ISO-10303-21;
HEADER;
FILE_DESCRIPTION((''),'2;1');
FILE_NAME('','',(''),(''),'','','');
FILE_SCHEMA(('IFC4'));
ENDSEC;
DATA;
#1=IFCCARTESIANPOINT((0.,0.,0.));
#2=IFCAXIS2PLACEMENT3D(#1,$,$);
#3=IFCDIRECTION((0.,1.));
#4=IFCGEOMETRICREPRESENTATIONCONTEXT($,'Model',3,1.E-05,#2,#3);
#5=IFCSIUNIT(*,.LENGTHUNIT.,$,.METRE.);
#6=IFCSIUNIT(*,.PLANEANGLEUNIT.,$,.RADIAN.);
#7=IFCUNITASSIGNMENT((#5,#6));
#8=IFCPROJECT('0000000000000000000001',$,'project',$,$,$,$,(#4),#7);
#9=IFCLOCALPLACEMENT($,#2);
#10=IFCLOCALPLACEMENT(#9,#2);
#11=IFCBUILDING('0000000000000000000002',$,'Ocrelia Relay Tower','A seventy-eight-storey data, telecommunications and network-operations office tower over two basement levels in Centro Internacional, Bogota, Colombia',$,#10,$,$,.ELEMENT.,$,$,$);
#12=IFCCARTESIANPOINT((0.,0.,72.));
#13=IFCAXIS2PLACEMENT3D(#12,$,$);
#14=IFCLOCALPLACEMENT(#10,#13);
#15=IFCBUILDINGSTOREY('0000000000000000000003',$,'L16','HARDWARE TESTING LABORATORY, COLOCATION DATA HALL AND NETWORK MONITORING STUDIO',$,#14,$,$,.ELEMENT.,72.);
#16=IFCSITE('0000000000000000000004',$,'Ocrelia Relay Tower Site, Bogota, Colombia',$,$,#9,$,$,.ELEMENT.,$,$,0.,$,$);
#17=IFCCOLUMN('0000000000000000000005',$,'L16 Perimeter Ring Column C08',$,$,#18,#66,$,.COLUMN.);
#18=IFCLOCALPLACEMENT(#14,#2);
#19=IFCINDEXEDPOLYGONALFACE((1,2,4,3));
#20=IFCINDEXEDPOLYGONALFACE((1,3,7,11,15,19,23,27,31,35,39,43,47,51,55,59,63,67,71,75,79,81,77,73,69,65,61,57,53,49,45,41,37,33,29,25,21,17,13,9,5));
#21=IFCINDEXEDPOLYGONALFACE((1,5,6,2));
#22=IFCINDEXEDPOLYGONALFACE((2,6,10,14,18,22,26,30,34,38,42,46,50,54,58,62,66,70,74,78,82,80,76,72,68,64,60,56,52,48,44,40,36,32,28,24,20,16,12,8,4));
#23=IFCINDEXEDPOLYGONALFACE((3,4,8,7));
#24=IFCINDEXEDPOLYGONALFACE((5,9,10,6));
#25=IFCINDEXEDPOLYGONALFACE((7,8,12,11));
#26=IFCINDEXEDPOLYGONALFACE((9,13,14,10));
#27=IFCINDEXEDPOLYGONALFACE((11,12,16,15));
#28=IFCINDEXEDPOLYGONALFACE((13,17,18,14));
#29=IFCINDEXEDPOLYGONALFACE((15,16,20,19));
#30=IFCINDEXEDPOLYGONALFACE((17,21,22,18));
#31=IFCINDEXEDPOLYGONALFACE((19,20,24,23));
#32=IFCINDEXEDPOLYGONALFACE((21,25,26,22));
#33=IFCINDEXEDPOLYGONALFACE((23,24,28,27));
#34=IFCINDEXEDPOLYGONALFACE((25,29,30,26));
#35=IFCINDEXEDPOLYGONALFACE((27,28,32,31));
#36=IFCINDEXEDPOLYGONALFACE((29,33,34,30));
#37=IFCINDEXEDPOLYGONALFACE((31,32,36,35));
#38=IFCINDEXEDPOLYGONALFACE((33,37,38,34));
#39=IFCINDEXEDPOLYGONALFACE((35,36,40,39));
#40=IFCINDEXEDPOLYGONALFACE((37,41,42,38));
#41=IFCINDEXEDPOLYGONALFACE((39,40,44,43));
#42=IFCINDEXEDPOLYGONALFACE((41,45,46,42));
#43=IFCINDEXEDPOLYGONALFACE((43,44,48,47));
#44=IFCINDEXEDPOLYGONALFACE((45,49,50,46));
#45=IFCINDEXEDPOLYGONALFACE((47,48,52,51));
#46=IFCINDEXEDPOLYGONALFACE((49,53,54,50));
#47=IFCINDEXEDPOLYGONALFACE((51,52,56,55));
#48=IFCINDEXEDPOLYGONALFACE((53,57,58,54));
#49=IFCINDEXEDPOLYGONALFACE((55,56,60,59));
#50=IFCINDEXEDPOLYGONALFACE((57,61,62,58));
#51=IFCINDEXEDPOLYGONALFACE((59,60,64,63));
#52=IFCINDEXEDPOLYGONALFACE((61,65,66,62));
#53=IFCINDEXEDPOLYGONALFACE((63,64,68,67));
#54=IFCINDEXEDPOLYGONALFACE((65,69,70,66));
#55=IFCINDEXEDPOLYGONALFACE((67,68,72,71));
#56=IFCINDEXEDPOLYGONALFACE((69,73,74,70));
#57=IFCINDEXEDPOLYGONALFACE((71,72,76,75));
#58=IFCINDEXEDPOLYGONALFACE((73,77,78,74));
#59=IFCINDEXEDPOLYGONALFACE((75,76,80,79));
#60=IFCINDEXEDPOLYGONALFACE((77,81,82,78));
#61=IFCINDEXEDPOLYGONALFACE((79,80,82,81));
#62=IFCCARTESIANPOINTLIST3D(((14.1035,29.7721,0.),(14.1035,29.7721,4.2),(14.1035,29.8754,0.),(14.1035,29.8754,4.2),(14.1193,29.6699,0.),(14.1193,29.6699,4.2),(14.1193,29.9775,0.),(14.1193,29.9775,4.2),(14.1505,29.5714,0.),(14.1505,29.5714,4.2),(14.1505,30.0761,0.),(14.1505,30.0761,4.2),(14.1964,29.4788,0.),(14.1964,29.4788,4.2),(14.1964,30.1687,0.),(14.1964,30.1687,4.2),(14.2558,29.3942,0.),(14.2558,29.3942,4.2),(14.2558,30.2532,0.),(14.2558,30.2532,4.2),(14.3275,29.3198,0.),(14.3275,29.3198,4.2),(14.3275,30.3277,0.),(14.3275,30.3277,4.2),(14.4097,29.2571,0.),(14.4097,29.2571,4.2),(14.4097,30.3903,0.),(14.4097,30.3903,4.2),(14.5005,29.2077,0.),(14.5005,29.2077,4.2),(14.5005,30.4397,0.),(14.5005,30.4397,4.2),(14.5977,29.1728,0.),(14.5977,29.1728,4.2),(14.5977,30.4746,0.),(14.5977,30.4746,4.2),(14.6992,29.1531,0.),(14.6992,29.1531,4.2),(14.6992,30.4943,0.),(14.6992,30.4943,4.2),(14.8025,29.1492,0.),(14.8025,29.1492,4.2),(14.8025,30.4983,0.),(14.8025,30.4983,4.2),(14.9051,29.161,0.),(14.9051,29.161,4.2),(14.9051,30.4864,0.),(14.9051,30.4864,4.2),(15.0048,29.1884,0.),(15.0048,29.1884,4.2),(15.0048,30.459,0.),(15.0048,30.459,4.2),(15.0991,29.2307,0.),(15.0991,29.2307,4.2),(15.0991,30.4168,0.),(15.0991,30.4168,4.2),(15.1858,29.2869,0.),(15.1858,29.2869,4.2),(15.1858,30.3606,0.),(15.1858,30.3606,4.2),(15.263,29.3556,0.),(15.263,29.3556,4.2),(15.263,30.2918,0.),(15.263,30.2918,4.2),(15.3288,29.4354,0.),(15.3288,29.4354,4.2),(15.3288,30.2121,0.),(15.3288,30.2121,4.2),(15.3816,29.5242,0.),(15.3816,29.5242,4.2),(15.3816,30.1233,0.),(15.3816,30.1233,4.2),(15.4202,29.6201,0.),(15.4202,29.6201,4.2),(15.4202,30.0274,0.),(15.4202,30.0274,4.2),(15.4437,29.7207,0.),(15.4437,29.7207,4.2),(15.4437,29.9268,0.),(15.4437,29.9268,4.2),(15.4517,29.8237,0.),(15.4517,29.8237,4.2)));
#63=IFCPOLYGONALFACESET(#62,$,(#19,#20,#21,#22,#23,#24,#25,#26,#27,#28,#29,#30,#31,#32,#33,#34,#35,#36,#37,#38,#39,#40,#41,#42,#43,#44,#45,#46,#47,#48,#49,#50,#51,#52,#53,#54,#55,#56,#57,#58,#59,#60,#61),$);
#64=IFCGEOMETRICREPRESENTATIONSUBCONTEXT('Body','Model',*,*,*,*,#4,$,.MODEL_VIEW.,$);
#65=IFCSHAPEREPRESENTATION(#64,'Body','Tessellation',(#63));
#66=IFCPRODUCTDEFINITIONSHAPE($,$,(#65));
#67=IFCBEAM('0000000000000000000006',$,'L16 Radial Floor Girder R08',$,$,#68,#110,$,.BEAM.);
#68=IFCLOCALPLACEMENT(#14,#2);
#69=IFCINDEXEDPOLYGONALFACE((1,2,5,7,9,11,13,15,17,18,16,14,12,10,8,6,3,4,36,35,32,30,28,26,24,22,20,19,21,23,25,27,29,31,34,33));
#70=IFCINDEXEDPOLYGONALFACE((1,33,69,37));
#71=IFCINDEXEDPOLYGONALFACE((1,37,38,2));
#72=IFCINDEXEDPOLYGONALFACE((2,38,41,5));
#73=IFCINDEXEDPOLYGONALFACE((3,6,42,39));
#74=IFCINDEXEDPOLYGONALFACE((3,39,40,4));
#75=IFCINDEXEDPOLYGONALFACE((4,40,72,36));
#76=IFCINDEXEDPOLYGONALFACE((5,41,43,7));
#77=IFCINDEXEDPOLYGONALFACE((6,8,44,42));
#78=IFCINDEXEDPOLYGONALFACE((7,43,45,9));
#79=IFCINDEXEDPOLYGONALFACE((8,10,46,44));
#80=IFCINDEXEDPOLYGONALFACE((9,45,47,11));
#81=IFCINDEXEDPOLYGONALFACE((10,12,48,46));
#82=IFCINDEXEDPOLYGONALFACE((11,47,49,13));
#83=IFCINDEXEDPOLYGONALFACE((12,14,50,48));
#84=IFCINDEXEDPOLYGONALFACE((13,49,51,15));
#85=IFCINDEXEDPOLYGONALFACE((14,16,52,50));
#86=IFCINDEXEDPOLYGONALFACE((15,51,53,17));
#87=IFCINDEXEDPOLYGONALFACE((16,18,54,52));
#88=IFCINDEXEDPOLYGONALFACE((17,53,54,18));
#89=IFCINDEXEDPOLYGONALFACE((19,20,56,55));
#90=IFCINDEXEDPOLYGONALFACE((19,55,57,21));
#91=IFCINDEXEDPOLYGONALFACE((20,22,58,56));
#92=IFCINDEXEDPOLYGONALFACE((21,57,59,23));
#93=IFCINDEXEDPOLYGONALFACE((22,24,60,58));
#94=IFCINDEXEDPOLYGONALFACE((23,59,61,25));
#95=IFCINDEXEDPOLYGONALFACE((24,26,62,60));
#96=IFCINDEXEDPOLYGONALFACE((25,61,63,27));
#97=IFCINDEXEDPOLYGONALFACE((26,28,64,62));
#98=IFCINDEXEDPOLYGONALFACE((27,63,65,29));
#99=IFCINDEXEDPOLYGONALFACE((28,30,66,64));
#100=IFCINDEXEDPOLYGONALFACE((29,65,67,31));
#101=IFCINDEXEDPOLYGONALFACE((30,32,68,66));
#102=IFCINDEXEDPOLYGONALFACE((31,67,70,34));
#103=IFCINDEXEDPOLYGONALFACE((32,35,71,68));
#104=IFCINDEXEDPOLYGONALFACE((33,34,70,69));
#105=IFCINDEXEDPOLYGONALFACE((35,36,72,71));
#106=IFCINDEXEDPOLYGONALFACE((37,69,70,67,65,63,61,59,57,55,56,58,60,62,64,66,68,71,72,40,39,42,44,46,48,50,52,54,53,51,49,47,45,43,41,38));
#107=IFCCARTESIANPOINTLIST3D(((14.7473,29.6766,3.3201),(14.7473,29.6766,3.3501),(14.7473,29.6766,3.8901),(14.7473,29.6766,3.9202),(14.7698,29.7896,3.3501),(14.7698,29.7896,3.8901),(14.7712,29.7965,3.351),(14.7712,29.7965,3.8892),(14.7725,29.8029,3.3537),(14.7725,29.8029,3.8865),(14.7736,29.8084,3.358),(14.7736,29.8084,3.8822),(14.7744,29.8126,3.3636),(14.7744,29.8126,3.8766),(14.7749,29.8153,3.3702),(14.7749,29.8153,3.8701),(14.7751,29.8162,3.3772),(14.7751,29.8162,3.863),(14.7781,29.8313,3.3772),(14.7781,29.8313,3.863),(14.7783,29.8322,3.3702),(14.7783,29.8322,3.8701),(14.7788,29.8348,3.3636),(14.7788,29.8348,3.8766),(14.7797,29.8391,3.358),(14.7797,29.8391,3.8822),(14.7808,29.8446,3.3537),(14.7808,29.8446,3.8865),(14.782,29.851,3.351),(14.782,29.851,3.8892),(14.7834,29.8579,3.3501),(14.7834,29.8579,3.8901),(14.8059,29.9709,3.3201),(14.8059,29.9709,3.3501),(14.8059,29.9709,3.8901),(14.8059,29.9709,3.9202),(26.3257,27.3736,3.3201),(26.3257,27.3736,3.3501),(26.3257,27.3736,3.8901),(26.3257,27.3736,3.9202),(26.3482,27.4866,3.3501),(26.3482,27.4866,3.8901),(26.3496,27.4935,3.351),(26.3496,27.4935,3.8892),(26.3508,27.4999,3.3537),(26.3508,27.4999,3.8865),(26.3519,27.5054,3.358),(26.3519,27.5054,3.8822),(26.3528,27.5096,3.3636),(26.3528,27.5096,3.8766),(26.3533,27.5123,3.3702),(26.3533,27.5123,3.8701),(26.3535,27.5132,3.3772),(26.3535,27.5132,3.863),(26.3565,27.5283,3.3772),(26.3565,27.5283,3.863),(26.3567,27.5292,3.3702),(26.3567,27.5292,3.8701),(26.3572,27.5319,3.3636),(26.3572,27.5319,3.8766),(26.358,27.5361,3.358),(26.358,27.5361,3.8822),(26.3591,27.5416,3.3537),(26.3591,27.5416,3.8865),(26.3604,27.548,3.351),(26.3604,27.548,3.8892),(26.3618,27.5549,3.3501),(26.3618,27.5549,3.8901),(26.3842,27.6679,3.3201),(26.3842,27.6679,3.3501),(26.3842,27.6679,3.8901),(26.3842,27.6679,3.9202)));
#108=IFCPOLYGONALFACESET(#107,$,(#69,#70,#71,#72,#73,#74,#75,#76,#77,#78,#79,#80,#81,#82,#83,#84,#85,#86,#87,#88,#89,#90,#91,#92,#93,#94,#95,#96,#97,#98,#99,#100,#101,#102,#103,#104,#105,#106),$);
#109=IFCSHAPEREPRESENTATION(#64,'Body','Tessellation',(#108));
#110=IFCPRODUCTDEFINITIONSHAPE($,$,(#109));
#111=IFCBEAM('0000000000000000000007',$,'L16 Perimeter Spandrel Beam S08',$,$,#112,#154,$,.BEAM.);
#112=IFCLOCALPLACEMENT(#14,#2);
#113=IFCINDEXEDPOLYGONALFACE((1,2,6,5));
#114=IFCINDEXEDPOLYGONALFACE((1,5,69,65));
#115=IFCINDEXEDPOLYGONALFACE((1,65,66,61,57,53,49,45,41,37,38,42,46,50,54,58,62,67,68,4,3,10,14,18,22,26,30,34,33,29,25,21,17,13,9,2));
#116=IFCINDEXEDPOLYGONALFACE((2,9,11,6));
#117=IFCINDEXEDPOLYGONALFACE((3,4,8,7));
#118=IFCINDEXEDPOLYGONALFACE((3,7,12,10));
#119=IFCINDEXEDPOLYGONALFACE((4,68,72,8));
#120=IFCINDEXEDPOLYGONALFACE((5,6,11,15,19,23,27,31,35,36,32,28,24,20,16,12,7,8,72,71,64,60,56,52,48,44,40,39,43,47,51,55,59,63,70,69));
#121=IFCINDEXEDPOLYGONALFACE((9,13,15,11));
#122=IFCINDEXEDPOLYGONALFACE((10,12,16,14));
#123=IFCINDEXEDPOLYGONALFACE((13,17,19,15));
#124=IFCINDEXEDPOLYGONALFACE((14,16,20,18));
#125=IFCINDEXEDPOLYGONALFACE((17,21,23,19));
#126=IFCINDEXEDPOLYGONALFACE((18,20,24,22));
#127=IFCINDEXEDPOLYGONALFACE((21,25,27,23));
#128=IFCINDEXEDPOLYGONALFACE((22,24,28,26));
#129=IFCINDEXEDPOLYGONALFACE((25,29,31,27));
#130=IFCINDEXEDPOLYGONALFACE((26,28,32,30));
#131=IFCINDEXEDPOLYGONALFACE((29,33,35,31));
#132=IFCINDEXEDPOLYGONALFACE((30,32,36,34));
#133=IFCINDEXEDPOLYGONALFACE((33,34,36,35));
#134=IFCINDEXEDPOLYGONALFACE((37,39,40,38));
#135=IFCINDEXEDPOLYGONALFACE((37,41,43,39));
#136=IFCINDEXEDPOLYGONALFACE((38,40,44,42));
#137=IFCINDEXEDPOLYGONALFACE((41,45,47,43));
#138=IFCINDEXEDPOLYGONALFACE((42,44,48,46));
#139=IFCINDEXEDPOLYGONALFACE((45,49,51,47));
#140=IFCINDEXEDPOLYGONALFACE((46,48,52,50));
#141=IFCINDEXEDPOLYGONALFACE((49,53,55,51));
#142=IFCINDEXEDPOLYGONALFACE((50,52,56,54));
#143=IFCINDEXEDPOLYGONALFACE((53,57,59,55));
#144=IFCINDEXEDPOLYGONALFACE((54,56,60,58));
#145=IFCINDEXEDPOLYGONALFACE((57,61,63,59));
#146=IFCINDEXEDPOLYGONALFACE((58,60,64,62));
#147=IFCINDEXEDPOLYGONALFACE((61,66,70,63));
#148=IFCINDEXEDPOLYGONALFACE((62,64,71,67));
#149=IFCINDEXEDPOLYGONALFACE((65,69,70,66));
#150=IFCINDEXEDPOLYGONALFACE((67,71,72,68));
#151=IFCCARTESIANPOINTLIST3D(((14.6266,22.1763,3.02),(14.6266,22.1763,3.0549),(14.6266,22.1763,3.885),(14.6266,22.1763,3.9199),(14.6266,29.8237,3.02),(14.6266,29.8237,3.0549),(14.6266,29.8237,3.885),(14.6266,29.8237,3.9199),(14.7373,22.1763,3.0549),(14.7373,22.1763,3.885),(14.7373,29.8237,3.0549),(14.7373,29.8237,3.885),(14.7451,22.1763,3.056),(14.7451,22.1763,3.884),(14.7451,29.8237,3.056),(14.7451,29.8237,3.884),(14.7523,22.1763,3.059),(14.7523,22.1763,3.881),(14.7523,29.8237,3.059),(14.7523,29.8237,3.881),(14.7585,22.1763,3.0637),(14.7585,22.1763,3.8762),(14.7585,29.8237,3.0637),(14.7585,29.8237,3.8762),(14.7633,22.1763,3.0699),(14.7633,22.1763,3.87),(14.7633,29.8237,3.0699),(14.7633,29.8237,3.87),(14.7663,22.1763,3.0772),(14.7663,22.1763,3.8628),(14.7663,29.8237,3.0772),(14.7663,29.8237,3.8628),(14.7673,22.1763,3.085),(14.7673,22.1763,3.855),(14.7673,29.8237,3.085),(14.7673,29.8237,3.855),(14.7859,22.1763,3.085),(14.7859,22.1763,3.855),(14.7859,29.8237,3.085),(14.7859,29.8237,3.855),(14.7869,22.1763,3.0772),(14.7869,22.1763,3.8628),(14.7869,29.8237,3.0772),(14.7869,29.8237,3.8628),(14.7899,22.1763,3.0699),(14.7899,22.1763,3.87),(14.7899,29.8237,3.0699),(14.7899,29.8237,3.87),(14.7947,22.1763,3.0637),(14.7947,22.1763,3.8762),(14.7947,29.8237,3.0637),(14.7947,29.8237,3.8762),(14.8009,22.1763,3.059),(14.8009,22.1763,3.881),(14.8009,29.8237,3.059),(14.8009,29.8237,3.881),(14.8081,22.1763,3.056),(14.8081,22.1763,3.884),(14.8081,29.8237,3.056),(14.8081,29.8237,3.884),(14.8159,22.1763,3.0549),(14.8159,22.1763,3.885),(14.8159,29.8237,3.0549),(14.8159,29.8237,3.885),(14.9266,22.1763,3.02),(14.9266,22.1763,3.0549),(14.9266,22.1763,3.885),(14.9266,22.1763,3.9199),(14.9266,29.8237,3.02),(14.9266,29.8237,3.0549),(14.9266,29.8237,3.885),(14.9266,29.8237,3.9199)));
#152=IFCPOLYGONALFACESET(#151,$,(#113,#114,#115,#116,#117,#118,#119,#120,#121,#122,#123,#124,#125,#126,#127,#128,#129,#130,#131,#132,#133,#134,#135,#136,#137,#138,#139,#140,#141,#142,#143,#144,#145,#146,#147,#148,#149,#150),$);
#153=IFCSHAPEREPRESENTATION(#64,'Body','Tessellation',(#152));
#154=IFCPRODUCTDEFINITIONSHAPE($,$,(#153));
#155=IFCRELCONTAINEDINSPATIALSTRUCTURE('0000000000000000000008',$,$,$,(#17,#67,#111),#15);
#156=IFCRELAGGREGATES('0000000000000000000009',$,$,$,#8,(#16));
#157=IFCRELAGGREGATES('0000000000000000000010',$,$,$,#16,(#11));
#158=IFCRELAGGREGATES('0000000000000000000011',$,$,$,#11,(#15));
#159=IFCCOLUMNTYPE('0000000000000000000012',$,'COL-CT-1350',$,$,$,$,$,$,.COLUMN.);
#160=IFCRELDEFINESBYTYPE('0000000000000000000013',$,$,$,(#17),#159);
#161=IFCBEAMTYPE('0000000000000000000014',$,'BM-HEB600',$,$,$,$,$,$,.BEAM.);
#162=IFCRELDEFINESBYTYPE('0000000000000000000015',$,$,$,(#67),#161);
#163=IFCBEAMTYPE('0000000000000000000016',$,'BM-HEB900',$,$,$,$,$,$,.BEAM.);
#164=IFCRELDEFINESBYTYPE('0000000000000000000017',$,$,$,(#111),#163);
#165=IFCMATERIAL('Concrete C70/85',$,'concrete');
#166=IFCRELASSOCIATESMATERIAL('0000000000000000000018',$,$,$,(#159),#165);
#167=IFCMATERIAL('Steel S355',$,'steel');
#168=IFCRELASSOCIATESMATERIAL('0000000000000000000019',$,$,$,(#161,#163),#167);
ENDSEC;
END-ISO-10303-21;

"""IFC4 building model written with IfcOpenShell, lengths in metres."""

from ifc_helpers import new_model, si_unit, direction, frame, origin, origin_2d, place, context, subcontext, project, spatial, circle, i_section, extrude, material, material_profile, profile_set, type_object, element, save


model = new_model("IFC4")

# Units and contexts
model_context = context("Model", 3, precision=1e-05, world=origin(), true_north=direction((0.0, 1.0)))
body_context = subcontext(model_context, "Body", "Model", "MODEL_VIEW")
ifc_project = project(units=[si_unit("LENGTHUNIT", "METRE"), si_unit("PLANEANGLEUNIT", "RADIAN")], contexts=[model_context])

# Site, building, storey
site_placement = place(None, origin())
site = spatial("IfcSite", under=ifc_project, at=site_placement, Name="Ocrelia Relay Tower Site, Bogota, Colombia", CompositionType="ELEMENT", RefElevation=0.0)
building_placement = place(site_placement, origin())
building = spatial("IfcBuilding", under=site, at=building_placement, Name="Ocrelia Relay Tower", Description="A seventy-eight-storey data, telecommunications and network-operations office tower over two basement levels in Centro Internacional, Bogota, Colombia", CompositionType="ELEMENT")
storey_placement = place(building_placement, frame((0.0, 0.0, 72.0)))
storey = spatial("IfcBuildingStorey", under=building, at=storey_placement, Name="L16", Description="HARDWARE TESTING LABORATORY, COLOCATION DATA HALL AND NETWORK MONITORING STUDIO", CompositionType="ELEMENT", Elevation=72.0)

# Column
ifc_material_1 = material(Name="Concrete C70/85", Category="concrete")
ifc_material_profile_1 = material_profile(ifc_material_1, circle(Radius=0.675, at=origin_2d()), Name="RC-CIR-1350")
ifc_profile_set_1 = profile_set([ifc_material_profile_1], Name="Concrete C70/85")
column_type = type_object("IfcColumnType", Name="COL-CT-1350", PredefinedType="COLUMN", material=ifc_profile_set_1)
column_placement = place(storey_placement, frame((14.7766, 29.8237, 0.0), z_axis=(0.0, 0.0, 1.0), x_axis=(1.0, 0.0, 0.0)))
element("IfcColumn", 1, at=column_placement, inside=storey, type_object=column_type, Name="L16 Perimeter Ring Column C08", PredefinedType="COLUMN", context=body_context, shape_type="SweptSolid", body=[
    extrude(circle(Radius=0.675, at=origin_2d()), origin(), (0.0, 0.0, 1.0), 4.2),
])

# Beams
ifc_material_2 = material(Name="Steel S355", Category="steel")
ifc_material_profile_2 = material_profile(ifc_material_2, i_section(OverallWidth=0.3, OverallDepth=0.6001, WebThickness=0.0154, FlangeThickness=0.03, FilletRadius=0.0271, at=origin_2d()), Name="HEB 600")
ifc_profile_set_2 = profile_set([ifc_material_profile_2], Name="Steel S355")
beam_type_1 = type_object("IfcBeamType", Name="BM-HEB600", PredefinedType="BEAM", material=ifc_profile_set_2)
beam_1_placement = place(storey_placement, frame((14.7766, 29.8237, 3.6201), z_axis=(0.980787, -0.195082, 0.0), x_axis=(0.195082, 0.980787, 0.0)))
element("IfcBeam", 2, at=beam_1_placement, inside=storey, type_object=beam_type_1, Name="L16 Radial Floor Girder R08", PredefinedType="BEAM", context=body_context, shape_type="SweptSolid", body=[
    extrude(i_section(OverallWidth=0.3, OverallDepth=0.6001, WebThickness=0.0154, FlangeThickness=0.03, FilletRadius=0.0271, at=origin_2d()), origin(), (0.0, 0.0, 1.0), 11.8052),
])
ifc_material_profile_3 = material_profile(ifc_material_2, i_section(OverallWidth=0.3, OverallDepth=0.8999, WebThickness=0.0186, FlangeThickness=0.0349, FilletRadius=0.03, at=origin_2d()), Name="HEB 900")
ifc_profile_set_3 = profile_set([ifc_material_profile_3], Name="Steel S355")
beam_type_2 = type_object("IfcBeamType", Name="BM-HEB900", PredefinedType="BEAM", material=ifc_profile_set_3)
beam_2_placement = place(storey_placement, frame((14.7766, 29.8237, 3.47), z_axis=(0.0, -1.0, 0.0), x_axis=(1.0, 0.0, 0.0)))
element("IfcBeam", 3, at=beam_2_placement, inside=storey, type_object=beam_type_2, Name="L16 Perimeter Spandrel Beam S08", PredefinedType="BEAM", context=body_context, shape_type="SweptSolid", body=[
    extrude(i_section(OverallWidth=0.3, OverallDepth=0.8999, WebThickness=0.0186, FlangeThickness=0.0349, FilletRadius=0.03, at=origin_2d()), origin(), (0.0, 0.0, 1.0), 7.6475),
])

save(model, "model.ifc")
